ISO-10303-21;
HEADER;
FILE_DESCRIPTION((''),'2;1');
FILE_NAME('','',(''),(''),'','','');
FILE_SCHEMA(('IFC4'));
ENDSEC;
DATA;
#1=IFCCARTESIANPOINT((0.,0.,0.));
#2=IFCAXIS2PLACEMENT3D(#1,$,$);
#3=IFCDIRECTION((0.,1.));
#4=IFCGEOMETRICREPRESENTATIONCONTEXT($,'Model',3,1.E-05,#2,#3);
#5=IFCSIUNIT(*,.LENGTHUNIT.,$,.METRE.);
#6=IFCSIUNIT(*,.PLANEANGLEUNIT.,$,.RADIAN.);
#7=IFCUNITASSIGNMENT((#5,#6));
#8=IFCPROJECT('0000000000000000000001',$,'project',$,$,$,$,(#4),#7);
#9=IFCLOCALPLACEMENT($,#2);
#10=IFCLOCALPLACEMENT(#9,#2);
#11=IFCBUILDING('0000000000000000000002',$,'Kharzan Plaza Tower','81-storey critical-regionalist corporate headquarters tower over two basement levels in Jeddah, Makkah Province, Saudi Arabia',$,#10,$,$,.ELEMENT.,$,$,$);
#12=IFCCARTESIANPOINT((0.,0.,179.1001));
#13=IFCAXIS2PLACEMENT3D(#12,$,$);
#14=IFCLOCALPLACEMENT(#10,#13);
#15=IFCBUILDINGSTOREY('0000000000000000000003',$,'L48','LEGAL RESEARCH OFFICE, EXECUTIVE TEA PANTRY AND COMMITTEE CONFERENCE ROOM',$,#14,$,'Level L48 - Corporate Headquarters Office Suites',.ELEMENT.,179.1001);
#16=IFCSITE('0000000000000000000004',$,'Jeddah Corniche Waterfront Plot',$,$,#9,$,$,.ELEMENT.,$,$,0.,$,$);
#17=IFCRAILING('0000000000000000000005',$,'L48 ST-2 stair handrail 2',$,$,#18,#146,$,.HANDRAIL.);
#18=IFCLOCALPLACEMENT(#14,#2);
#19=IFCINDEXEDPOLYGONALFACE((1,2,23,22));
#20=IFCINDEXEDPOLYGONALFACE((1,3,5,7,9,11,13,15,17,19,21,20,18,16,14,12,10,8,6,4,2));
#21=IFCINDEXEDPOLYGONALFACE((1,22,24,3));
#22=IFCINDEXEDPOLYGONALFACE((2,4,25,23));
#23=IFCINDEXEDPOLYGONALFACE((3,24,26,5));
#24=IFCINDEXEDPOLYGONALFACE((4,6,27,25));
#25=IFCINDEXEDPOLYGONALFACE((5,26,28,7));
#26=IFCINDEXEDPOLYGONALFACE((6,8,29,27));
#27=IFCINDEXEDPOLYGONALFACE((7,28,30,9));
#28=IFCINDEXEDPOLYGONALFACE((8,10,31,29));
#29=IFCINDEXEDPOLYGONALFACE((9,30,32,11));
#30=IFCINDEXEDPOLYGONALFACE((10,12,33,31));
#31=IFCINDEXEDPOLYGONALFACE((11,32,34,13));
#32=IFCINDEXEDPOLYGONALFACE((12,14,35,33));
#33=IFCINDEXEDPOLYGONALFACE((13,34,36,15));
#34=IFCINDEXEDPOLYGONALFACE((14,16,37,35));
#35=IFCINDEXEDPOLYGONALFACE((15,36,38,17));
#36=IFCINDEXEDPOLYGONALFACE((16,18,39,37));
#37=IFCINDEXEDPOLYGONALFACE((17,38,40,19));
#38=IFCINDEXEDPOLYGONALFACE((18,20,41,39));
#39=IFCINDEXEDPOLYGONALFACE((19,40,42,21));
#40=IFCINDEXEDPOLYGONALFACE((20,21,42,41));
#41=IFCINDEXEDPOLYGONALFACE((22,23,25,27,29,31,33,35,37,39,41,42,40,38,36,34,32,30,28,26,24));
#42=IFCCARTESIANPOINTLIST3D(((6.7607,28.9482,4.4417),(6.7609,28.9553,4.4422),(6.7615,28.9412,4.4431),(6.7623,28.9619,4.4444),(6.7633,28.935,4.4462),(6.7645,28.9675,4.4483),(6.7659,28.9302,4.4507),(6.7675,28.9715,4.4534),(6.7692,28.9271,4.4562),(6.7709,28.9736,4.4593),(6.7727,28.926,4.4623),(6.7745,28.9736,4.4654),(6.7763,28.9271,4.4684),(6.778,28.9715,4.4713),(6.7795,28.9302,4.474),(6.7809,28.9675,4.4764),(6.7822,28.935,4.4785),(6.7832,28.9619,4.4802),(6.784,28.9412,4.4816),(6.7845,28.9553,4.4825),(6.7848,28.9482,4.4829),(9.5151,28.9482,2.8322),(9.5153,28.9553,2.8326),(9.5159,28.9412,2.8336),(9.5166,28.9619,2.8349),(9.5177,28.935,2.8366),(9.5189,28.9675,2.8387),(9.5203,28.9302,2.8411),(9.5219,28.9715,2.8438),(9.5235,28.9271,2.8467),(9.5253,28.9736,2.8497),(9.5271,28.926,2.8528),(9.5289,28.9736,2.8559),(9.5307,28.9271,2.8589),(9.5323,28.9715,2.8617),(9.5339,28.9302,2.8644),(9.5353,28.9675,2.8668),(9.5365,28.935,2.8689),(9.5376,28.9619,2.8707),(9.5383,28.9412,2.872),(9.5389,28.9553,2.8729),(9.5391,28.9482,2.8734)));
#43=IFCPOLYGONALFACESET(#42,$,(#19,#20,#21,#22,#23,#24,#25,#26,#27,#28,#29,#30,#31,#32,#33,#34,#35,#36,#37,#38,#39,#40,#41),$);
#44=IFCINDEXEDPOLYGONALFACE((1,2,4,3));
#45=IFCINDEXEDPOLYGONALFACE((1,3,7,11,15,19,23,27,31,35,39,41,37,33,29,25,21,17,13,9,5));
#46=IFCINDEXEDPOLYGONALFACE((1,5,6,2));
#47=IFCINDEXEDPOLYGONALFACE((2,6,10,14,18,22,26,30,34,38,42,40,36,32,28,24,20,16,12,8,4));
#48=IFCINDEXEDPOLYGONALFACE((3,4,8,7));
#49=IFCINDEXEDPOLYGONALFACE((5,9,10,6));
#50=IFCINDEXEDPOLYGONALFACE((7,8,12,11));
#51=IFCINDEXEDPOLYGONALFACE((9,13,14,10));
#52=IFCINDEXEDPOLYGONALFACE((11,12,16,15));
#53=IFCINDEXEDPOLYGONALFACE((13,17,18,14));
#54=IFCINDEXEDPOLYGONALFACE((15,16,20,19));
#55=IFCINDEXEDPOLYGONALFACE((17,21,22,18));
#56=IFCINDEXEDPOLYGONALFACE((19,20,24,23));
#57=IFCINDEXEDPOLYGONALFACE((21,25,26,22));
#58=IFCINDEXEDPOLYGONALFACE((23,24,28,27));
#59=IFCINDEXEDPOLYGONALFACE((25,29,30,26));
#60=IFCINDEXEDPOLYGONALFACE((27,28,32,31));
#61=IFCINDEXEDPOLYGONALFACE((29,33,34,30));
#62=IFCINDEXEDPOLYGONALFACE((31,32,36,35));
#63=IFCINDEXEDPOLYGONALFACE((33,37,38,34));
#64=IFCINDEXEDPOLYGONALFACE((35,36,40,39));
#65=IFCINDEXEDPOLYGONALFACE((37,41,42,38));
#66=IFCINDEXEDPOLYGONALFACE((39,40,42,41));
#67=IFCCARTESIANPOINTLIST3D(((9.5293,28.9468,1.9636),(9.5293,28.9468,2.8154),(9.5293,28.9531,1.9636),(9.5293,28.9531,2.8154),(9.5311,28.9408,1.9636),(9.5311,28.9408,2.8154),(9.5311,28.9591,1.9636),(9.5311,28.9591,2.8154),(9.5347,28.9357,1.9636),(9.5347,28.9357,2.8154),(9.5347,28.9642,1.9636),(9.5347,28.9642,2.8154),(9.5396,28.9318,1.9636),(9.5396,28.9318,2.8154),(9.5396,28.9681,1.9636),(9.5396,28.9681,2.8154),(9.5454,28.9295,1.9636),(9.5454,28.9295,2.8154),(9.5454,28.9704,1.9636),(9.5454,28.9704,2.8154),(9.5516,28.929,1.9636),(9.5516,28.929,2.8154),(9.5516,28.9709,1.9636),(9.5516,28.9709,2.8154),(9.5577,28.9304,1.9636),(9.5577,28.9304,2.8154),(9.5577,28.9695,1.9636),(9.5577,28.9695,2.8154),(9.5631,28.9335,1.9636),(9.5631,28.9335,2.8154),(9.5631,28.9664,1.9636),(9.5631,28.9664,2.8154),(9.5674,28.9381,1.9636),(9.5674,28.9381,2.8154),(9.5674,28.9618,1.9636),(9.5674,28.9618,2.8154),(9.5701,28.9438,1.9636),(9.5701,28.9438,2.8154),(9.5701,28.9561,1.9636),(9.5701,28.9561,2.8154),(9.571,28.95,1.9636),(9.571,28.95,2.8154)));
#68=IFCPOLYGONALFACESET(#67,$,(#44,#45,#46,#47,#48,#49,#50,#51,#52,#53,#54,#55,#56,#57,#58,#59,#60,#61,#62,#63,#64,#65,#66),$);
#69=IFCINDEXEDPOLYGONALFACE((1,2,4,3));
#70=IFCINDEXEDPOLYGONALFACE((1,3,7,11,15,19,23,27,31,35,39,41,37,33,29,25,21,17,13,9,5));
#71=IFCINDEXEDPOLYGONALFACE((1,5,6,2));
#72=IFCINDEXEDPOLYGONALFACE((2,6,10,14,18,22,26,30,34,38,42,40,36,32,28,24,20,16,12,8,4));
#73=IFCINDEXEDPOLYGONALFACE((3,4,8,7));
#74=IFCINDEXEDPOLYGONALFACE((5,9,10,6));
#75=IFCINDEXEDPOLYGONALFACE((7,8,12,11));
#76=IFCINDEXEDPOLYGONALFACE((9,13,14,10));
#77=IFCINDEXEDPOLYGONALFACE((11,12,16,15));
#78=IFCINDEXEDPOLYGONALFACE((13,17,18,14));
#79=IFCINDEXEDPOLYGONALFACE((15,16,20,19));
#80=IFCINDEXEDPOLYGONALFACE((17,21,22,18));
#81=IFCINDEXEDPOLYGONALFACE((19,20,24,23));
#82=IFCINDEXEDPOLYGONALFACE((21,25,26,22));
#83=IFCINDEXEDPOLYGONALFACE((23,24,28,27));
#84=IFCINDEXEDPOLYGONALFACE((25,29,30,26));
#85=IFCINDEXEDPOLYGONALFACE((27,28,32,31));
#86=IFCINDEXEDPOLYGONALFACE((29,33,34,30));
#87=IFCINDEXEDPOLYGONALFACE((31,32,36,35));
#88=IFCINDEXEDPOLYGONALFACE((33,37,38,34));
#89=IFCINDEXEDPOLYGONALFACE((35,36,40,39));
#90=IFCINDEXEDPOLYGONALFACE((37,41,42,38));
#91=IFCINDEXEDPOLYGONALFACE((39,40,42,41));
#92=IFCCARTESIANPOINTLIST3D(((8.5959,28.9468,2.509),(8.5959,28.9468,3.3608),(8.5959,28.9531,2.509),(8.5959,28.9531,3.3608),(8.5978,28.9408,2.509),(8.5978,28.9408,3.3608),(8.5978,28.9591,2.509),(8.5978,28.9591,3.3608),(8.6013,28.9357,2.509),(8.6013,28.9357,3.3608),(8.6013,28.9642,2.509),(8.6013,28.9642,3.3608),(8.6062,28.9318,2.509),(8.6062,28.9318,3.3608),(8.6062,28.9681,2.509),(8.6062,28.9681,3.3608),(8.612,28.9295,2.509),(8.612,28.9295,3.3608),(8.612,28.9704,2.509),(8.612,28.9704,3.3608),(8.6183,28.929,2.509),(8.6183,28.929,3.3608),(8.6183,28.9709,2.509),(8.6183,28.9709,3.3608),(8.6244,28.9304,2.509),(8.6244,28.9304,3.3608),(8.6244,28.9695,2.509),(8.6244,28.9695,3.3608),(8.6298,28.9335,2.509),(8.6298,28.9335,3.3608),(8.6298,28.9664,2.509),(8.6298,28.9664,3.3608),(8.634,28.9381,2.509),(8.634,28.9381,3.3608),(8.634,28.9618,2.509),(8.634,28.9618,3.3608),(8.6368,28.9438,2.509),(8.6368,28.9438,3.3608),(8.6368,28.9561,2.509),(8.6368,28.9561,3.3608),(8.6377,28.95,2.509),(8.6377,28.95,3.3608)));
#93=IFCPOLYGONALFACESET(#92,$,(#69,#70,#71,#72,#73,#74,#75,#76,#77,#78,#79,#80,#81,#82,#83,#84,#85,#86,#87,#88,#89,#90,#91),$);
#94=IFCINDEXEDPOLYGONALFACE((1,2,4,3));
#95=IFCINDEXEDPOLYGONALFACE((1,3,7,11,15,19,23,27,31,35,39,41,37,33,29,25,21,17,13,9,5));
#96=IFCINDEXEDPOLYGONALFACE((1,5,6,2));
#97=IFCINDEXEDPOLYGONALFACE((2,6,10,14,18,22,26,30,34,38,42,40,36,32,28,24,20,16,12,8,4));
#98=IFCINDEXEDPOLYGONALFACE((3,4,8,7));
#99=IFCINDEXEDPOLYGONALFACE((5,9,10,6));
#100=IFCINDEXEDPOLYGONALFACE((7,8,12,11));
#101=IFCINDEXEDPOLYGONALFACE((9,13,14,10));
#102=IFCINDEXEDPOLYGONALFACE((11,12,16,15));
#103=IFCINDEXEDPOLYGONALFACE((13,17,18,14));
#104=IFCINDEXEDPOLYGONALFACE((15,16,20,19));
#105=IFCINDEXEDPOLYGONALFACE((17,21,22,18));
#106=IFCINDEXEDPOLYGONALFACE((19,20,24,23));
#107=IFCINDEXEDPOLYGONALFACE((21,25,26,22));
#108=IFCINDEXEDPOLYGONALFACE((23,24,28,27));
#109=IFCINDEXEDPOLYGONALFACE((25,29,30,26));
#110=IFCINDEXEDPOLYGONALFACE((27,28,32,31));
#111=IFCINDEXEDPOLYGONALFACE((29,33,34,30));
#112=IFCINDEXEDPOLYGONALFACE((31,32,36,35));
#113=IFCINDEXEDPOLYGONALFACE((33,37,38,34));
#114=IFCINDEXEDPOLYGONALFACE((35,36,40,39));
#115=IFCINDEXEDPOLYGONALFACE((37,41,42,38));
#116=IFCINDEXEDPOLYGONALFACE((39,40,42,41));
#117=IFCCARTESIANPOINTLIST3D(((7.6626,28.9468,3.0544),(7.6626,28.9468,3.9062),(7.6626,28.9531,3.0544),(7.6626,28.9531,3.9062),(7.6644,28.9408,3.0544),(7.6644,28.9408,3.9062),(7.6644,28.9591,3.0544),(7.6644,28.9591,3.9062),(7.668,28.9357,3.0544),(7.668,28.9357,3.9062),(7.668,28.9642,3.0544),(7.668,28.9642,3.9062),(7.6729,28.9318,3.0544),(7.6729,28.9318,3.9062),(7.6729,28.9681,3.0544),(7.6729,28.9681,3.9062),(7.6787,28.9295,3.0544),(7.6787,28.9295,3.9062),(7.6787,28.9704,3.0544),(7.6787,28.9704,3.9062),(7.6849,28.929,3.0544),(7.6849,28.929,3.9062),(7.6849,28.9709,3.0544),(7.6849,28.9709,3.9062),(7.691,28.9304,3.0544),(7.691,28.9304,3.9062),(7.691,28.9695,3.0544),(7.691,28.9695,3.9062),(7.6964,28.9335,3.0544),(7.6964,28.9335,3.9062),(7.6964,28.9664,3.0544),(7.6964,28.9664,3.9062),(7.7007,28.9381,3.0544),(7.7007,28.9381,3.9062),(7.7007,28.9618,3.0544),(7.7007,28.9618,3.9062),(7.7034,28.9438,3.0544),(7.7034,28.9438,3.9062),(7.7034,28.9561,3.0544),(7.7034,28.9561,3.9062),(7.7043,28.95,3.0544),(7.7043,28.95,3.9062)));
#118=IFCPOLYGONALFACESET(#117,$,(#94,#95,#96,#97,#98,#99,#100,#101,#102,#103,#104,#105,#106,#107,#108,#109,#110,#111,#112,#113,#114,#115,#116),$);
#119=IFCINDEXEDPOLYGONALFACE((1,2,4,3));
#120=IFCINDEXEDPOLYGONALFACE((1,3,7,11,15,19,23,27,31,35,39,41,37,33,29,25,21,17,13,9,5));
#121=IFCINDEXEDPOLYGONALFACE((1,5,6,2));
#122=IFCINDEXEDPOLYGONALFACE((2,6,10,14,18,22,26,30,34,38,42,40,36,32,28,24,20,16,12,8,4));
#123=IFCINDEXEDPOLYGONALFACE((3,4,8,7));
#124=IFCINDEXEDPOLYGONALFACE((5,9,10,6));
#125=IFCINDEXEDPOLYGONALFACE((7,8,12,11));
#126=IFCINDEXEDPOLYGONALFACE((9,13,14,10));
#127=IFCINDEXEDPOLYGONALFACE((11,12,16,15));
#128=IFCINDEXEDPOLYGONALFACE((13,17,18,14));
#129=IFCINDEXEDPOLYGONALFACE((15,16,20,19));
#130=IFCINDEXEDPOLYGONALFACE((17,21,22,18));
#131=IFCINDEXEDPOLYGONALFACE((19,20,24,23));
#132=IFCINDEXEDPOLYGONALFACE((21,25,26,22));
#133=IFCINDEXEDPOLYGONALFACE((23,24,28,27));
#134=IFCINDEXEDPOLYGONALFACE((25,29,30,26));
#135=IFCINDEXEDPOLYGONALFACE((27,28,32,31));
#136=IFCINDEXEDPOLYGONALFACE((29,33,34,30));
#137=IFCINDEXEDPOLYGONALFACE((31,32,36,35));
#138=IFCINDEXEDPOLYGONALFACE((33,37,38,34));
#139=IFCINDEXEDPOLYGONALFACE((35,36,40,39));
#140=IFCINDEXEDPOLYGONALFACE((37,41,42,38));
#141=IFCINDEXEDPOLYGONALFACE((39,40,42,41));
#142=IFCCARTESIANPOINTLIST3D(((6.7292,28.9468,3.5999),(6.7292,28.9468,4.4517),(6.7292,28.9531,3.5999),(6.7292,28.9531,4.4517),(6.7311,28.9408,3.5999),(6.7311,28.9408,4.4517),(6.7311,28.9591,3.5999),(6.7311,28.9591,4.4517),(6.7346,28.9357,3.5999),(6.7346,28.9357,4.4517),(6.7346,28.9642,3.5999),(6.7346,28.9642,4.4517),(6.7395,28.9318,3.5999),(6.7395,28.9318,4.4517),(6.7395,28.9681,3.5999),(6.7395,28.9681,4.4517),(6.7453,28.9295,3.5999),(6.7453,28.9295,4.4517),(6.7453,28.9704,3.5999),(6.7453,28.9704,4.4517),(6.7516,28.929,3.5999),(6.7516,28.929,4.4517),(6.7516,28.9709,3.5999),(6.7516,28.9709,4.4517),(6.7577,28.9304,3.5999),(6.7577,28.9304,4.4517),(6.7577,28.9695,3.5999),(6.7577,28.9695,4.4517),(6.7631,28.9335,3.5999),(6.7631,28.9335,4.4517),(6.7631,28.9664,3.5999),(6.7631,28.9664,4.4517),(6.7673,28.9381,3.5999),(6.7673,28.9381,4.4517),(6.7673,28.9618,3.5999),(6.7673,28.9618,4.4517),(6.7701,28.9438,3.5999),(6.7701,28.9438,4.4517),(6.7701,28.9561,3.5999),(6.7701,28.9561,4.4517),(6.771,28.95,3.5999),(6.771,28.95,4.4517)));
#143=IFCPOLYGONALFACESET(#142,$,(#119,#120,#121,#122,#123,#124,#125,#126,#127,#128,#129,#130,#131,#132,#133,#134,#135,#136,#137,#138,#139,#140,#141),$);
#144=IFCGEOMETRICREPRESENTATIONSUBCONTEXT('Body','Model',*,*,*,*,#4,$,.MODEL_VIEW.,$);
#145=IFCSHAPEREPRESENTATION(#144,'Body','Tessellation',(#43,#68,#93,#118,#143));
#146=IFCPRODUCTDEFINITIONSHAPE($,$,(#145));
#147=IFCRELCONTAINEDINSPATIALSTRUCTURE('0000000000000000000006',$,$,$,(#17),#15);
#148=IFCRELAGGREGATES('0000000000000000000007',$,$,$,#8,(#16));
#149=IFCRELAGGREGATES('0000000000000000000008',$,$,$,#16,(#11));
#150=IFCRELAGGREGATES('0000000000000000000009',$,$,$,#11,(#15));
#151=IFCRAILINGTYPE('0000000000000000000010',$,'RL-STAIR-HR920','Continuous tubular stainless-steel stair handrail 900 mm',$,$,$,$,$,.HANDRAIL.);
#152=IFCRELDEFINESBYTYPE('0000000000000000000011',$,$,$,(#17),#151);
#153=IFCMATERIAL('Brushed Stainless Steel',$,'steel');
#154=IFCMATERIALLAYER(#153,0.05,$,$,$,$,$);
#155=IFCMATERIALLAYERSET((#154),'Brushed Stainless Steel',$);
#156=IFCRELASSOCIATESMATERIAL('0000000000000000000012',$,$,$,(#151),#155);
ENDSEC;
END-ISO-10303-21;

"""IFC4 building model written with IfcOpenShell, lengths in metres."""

from ifc_helpers import new_model, si_unit, direction, frame, origin, origin_2d, place, context, subcontext, project, spatial, circle, extrude, source, transform, mapped, material, layer, layer_set, type_object, element, save


model = new_model("IFC4")

# Units and contexts
model_context = context("Model", 3, precision=1e-05, world=origin(), true_north=direction((0.0, 1.0)))
body_context = subcontext(model_context, "Body", "Model", "MODEL_VIEW")
ifc_project = project(units=[si_unit("LENGTHUNIT", "METRE"), si_unit("PLANEANGLEUNIT", "RADIAN")], contexts=[model_context])

# Site, building, storey
site_placement = place(None, origin())
site = spatial("IfcSite", under=ifc_project, at=site_placement, Name="Jeddah Corniche Waterfront Plot", CompositionType="ELEMENT", RefElevation=0.0)
building_placement = place(site_placement, origin())
building = spatial("IfcBuilding", under=site, at=building_placement, Name="Kharzan Plaza Tower", Description="81-storey critical-regionalist corporate headquarters tower over two basement levels in Jeddah, Makkah Province, Saudi Arabia", CompositionType="ELEMENT")
storey_placement = place(building_placement, frame((0.0, 0.0, 179.1001)))
storey = spatial("IfcBuildingStorey", under=building, at=storey_placement, Name="L48", Description="LEGAL RESEARCH OFFICE, EXECUTIVE TEA PANTRY AND COMMITTEE CONFERENCE ROOM", LongName="Level L48 - Corporate Headquarters Office Suites", CompositionType="ELEMENT", Elevation=179.1001)

# Shared definitions
ifc_material_1 = material(Name="Brushed Stainless Steel", Category="steel")

# Railing
ifc_layer_1 = layer(ifc_material_1, 0.05)
ifc_layer_set_1 = layer_set([ifc_layer_1], Name="Brushed Stainless Steel")
railing_type_1 = type_object("IfcRailingType", Name="RL-STAIR-HR920", Description="Continuous tubular stainless-steel stair handrail 900 mm", PredefinedType="HANDRAIL", material=ifc_layer_set_1)
shared_shape_1 = source(origin(), body_context, "Body", "SweptSolid", [
    extrude(circle(Radius=0.0239, at=origin_2d()), frame((-0.0229, 0.0, 0.8892), z_axis=(-0.863394, 0.0, 0.504531), x_axis=(0.0, -1.0, 0.0)), (0.0, 0.0, 1.0), 3.1902),
    extrude(circle(Radius=0.021, at=origin_2d()), origin(), (0.0, 0.0, 1.0), 0.8518),
    extrude(circle(Radius=0.021, at=origin_2d()), frame((-0.9333, 0.0, 0.5454)), (0.0, 0.0, 1.0), 0.8518),
    extrude(circle(Radius=0.021, at=origin_2d()), frame((-1.8667, 0.0, 1.0908)), (0.0, 0.0, 1.0), 0.8518),
    extrude(circle(Radius=0.021, at=origin_2d()), frame((-2.8, 0.0, 1.6362)), (0.0, 0.0, 1.0), 0.8518),
])
railing_1_placement = place(storey_placement, frame((9.55, 28.95, 1.9636)))
element("IfcRailing", 1, at=railing_1_placement, inside=storey, type_object=railing_type_1, Name="L48 ST-2 stair handrail 2", PredefinedType="HANDRAIL", context=body_context, shape_type="MappedRepresentation", body=[
    mapped(shared_shape_1, transform((0.0, 0.0, 0.0), x_axis=(1.0, 0.0, 0.0), y_axis=(0.0, 1.0, 0.0), z_axis=(0.0, 0.0, 1.0))),
])

save(model, "model.ifc")
